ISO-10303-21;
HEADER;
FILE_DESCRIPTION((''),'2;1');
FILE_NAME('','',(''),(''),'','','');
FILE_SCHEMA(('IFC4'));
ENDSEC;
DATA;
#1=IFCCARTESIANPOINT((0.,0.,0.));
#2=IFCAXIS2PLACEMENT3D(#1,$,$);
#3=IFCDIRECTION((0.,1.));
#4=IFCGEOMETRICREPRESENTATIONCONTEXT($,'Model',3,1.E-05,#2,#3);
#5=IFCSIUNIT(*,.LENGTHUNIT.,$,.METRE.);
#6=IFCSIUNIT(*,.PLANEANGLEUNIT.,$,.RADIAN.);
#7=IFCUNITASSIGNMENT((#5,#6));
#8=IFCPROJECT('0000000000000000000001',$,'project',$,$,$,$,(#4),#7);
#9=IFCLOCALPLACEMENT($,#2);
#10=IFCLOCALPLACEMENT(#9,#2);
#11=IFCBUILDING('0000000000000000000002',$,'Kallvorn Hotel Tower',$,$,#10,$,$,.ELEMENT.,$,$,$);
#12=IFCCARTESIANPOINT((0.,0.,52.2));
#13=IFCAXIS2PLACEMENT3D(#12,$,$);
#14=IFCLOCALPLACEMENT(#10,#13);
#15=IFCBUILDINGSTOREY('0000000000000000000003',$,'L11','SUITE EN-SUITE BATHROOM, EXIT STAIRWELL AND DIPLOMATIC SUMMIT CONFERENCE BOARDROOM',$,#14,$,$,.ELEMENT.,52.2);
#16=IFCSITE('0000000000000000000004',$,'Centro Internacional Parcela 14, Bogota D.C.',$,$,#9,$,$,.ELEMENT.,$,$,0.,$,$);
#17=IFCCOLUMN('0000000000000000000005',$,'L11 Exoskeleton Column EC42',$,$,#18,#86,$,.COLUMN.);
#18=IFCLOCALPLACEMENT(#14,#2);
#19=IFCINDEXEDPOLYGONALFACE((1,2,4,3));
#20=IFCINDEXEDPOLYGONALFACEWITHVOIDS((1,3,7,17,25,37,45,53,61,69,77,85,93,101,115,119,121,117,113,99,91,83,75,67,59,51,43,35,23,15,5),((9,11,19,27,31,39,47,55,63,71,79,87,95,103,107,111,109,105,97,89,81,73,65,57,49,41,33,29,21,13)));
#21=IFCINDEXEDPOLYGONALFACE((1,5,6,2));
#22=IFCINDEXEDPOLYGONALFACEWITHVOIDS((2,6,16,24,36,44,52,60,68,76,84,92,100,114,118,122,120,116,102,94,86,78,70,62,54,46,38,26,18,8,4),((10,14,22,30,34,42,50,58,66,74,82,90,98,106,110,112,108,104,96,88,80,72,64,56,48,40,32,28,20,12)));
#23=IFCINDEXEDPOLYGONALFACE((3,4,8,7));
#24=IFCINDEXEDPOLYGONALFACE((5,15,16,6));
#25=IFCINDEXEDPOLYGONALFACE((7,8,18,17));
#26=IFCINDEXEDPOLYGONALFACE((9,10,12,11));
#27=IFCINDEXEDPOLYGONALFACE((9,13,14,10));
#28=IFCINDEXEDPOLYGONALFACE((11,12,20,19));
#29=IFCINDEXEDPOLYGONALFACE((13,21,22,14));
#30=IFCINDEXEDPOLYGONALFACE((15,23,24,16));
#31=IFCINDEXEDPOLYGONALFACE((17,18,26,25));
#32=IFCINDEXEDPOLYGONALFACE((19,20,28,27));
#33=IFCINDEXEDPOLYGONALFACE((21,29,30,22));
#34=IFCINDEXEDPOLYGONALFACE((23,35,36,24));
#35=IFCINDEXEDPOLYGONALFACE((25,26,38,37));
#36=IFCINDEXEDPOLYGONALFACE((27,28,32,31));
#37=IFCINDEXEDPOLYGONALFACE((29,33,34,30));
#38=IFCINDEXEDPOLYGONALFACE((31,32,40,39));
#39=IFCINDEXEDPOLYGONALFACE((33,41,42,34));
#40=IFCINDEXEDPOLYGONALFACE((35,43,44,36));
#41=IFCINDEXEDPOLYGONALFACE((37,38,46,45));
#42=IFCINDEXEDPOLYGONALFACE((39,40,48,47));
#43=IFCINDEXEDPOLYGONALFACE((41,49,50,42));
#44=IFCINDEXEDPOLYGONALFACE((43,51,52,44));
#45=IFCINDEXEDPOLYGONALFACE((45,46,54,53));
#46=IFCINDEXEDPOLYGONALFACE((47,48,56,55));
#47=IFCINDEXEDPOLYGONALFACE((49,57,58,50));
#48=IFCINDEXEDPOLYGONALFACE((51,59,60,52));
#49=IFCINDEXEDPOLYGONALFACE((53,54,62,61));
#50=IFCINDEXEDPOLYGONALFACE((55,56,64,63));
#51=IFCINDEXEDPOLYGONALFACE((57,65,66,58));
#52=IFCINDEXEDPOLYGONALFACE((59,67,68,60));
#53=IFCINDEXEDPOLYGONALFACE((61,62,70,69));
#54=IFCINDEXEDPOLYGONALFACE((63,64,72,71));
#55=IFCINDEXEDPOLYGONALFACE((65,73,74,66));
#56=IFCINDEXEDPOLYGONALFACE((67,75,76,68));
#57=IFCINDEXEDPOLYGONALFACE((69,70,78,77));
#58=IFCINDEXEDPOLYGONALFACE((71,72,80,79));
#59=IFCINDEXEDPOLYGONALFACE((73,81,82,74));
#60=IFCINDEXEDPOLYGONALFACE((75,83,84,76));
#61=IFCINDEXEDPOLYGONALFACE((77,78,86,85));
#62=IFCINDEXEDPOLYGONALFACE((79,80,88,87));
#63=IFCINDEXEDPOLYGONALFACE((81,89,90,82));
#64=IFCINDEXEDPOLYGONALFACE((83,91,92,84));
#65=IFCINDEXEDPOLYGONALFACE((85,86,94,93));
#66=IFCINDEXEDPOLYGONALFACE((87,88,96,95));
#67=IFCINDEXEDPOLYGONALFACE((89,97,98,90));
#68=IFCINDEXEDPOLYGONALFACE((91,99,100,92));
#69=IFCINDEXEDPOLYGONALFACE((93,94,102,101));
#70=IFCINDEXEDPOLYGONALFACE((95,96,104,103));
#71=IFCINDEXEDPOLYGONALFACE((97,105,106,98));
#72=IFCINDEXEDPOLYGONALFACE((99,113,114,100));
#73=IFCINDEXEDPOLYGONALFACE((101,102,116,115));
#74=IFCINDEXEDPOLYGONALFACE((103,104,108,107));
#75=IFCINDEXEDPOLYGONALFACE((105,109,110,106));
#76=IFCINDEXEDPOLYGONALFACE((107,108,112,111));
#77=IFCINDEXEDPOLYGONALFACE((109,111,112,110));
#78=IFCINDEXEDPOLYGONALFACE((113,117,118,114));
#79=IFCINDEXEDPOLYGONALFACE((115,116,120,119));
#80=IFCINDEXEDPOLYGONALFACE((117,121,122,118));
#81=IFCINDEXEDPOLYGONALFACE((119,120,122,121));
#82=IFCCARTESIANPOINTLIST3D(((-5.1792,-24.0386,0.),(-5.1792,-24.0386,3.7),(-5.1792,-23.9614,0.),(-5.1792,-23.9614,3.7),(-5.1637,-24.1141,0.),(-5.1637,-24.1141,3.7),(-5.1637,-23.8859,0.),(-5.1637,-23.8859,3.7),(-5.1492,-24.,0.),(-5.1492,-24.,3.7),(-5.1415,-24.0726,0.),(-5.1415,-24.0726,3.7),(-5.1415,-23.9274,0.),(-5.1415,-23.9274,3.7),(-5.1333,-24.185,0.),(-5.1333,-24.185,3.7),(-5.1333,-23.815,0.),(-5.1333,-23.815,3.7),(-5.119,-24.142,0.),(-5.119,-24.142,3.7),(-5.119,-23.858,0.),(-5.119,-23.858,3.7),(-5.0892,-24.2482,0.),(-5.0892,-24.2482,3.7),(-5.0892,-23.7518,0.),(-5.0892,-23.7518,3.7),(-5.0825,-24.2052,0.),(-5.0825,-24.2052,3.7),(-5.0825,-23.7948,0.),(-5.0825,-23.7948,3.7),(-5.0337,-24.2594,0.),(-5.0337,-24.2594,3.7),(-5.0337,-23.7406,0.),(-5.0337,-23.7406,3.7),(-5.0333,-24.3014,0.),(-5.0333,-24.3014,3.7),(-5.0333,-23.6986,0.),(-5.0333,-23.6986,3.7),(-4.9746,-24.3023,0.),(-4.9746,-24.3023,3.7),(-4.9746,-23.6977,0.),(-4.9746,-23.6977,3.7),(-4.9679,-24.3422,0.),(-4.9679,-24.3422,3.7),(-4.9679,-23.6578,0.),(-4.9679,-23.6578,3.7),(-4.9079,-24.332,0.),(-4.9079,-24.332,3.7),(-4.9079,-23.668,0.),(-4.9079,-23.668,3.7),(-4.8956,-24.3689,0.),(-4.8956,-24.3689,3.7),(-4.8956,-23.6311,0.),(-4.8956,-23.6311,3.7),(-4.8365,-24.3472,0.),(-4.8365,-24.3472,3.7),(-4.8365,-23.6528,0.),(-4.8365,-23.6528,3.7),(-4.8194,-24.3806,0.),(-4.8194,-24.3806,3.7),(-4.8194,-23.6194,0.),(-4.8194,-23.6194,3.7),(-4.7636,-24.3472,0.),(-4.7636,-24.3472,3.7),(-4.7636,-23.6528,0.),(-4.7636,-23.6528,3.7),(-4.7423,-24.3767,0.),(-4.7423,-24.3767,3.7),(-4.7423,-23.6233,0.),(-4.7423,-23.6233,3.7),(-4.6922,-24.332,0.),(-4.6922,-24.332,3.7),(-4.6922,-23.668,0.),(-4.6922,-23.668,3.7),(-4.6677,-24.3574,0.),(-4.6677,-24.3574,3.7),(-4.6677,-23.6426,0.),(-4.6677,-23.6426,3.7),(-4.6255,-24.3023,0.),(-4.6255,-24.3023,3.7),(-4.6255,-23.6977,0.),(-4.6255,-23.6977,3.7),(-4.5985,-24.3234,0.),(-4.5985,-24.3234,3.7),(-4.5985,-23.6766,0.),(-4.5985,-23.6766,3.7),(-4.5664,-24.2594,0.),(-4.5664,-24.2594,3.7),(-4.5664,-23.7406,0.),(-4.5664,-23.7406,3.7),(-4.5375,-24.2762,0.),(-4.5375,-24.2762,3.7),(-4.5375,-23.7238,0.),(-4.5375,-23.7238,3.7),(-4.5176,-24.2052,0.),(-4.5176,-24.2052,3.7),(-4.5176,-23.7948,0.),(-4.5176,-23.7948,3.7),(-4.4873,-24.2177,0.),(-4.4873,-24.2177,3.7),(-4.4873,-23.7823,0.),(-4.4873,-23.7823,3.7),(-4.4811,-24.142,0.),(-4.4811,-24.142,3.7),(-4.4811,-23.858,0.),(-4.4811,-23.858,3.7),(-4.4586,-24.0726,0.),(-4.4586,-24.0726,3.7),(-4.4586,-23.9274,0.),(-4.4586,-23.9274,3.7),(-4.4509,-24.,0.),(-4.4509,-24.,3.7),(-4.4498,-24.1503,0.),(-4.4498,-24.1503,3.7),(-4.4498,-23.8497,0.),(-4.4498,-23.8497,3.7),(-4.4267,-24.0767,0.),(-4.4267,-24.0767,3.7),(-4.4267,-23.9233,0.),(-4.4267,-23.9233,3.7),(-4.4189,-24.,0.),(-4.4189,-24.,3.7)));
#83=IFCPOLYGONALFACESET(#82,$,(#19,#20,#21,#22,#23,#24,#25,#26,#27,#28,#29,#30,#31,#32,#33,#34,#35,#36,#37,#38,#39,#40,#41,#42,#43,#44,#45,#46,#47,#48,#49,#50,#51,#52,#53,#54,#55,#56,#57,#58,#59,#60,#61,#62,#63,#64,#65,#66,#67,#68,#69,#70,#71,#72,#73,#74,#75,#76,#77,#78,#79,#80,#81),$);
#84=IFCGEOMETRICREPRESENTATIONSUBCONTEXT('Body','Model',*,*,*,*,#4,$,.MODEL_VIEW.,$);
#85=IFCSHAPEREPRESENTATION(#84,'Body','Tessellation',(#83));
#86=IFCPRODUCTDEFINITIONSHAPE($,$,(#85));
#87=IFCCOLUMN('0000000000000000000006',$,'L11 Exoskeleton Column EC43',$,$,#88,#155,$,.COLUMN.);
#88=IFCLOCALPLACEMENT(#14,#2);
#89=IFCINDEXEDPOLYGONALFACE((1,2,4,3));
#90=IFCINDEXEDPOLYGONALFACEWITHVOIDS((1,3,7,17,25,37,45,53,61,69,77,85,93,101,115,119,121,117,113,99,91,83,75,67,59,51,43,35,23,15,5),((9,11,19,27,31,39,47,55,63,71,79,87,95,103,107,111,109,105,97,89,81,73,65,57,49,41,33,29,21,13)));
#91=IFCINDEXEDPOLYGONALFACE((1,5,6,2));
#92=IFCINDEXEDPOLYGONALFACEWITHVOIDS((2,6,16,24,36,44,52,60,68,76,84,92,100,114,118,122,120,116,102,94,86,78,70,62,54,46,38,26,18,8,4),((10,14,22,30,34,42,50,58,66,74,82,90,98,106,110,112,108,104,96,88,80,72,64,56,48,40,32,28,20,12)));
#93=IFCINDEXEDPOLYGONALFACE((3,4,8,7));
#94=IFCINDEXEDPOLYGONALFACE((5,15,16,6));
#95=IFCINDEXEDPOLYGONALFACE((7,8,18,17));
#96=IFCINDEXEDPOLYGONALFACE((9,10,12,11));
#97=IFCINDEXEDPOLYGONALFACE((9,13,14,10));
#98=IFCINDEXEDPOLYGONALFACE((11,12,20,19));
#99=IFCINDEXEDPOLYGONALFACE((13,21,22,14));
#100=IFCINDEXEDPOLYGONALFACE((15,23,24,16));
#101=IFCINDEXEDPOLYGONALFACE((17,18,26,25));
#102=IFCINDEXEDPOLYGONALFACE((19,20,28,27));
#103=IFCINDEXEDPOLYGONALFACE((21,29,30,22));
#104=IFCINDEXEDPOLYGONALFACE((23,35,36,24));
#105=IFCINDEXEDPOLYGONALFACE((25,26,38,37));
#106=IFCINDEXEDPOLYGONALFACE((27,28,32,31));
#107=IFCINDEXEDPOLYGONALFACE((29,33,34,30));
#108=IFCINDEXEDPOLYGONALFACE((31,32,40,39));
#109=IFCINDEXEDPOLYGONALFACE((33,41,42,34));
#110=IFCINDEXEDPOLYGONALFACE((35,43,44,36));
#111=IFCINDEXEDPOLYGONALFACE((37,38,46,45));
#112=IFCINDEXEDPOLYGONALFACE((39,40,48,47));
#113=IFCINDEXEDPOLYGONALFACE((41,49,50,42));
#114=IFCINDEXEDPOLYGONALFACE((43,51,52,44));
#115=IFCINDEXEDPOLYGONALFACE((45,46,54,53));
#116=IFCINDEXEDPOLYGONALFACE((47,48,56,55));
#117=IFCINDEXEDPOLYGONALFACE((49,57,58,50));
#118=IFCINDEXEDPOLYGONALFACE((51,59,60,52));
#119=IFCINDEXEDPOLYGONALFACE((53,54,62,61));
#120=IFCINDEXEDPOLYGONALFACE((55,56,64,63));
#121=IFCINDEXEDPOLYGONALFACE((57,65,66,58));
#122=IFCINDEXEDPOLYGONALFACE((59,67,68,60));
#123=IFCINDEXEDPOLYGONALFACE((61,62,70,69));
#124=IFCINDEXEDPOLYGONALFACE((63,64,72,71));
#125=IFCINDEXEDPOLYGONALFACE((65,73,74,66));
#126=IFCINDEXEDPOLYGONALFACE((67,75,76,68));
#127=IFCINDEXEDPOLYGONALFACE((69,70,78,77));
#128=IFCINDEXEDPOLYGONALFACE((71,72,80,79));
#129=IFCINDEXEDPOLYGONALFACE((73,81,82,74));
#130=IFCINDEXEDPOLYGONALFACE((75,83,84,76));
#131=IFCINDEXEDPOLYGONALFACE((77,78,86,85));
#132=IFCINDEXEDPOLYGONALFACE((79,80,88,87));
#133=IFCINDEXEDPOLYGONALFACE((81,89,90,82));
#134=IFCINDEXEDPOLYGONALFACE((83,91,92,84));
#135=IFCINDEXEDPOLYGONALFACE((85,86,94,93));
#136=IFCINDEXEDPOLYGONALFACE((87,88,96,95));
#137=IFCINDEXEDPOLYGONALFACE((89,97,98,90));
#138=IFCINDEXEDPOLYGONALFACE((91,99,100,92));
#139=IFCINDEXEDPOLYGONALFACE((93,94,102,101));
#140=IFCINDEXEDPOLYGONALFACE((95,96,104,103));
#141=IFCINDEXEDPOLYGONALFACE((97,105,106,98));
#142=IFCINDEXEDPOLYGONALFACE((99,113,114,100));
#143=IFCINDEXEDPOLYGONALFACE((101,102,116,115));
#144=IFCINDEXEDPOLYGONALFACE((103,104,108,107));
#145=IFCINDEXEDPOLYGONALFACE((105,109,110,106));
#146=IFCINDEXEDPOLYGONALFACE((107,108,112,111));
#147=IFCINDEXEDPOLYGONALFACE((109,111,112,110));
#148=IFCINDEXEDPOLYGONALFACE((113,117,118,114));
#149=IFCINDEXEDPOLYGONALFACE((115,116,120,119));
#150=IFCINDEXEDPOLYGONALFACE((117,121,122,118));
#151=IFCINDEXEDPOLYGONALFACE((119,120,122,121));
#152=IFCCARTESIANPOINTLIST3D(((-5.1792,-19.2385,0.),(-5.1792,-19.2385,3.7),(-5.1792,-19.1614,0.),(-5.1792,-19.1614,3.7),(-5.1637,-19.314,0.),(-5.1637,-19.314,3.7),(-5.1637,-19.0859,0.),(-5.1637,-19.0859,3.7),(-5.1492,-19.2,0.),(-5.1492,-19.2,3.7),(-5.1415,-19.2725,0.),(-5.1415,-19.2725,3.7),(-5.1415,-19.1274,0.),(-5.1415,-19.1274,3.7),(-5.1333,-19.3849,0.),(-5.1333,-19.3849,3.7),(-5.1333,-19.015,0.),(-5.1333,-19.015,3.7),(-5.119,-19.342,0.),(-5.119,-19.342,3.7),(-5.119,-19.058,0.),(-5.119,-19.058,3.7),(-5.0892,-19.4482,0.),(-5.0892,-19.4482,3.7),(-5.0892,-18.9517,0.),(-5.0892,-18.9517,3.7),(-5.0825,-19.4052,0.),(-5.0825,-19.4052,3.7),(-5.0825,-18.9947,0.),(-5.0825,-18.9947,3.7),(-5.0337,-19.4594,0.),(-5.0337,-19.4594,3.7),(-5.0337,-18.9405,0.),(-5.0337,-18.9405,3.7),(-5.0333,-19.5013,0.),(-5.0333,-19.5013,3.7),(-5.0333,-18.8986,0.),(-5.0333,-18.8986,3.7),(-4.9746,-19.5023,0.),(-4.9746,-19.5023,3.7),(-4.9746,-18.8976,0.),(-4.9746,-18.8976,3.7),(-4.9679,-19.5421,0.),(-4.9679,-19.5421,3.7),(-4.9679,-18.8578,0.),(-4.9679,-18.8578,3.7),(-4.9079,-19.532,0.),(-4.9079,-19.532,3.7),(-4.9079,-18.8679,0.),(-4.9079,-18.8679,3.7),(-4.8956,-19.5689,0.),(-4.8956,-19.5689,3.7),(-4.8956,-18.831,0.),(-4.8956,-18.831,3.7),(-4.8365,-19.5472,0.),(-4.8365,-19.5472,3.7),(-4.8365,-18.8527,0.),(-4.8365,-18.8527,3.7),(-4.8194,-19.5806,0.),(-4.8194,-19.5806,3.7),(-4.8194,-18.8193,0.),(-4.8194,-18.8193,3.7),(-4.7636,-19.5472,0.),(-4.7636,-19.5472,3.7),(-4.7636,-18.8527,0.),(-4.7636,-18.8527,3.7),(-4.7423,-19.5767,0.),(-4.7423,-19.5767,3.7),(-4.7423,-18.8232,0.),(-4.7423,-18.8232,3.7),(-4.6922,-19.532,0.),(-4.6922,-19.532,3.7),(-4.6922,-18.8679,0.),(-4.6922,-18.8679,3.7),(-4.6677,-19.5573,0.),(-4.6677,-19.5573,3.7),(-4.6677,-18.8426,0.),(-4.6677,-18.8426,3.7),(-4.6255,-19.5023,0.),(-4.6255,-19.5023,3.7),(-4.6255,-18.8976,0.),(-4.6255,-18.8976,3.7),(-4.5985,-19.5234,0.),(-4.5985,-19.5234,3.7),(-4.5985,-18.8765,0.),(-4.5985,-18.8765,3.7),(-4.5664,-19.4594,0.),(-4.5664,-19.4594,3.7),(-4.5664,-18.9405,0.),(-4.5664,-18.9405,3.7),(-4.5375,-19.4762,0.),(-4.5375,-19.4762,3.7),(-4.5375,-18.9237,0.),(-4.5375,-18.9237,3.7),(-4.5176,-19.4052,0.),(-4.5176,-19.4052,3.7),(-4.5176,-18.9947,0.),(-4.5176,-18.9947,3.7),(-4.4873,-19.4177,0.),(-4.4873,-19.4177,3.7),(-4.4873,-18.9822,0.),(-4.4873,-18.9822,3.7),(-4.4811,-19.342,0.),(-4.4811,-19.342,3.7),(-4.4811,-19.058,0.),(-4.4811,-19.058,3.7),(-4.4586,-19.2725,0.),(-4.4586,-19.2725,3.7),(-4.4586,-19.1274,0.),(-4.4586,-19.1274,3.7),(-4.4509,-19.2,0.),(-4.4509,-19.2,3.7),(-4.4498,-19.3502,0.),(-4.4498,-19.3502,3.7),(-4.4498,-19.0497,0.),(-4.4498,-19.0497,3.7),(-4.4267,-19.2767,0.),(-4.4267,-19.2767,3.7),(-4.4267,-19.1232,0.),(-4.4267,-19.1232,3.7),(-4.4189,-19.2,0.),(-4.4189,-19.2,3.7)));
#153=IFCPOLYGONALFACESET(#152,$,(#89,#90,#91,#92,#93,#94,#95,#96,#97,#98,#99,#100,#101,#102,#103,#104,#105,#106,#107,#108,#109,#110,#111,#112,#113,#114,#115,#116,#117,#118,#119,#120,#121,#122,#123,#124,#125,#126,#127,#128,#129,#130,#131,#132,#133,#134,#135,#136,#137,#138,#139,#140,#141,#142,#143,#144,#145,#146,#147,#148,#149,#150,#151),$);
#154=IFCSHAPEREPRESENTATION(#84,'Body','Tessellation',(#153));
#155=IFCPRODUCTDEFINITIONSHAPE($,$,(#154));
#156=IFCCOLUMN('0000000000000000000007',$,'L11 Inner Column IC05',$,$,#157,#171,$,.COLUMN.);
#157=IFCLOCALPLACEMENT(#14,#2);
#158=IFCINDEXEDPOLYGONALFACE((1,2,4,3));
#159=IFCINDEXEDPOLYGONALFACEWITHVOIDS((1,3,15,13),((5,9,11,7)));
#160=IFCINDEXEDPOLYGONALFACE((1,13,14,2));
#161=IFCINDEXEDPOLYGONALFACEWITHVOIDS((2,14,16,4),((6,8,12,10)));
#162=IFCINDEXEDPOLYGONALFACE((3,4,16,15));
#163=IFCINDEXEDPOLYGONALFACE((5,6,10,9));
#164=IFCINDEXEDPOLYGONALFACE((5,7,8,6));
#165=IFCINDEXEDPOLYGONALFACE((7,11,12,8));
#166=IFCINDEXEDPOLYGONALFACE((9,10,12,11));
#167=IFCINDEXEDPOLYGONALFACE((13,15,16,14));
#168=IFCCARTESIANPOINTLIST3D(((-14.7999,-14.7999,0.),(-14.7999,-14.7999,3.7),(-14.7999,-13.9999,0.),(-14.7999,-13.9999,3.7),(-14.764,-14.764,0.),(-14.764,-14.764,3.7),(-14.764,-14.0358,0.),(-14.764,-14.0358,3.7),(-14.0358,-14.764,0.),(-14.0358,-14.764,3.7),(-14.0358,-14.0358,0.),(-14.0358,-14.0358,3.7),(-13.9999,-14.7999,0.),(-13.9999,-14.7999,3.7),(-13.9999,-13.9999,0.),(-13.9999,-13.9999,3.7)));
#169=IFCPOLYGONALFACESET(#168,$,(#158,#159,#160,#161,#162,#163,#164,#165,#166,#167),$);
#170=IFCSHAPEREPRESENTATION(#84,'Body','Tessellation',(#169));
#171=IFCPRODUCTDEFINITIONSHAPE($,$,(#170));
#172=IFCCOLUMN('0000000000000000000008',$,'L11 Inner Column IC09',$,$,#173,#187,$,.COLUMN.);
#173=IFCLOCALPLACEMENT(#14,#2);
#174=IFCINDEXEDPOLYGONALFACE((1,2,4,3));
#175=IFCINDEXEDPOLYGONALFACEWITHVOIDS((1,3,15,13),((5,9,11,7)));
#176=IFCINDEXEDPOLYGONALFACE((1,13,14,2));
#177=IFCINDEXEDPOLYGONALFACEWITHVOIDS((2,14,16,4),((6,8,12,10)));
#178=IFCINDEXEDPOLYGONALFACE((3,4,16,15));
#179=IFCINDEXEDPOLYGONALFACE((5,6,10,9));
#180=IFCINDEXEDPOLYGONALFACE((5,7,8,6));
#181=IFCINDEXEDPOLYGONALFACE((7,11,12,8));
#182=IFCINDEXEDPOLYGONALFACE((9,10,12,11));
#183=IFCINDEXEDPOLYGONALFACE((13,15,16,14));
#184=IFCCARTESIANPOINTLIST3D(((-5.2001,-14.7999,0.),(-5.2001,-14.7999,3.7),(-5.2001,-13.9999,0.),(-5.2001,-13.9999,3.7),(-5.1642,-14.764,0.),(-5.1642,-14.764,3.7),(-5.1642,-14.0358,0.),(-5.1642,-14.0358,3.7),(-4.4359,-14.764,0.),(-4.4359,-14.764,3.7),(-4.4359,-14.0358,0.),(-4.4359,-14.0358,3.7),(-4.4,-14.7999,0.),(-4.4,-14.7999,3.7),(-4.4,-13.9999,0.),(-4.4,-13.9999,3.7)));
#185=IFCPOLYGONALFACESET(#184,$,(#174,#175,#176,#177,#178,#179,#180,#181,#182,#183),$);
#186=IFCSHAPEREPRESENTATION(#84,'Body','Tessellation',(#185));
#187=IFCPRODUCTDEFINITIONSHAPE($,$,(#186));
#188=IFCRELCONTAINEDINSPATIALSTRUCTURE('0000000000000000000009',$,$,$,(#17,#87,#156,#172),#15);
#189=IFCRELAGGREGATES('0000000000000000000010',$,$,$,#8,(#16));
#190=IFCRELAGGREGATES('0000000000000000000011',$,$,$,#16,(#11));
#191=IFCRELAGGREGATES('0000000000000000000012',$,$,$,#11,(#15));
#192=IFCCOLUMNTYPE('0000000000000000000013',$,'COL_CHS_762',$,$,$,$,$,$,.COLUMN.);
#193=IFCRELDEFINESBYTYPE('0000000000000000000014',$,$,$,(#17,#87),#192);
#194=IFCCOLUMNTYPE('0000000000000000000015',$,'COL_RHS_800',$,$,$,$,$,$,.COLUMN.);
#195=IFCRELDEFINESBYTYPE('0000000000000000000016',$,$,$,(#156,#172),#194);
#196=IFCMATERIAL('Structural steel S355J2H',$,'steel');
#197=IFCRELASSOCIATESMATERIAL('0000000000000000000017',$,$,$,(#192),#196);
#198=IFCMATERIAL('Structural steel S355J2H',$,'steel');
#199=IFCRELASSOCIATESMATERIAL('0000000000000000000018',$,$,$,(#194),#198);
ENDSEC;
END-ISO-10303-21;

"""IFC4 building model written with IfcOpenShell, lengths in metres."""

from ifc_helpers import new_model, si_unit, direction, frame, origin, origin_2d, place, context, subcontext, project, spatial, hollow_rectangle, hollow_circle, extrude, material, material_profile, profile_set, type_object, element, save


model = new_model("IFC4")

# Units and contexts
model_context = context("Model", 3, precision=1e-05, world=origin(), true_north=direction((0.0, 1.0)))
body_context = subcontext(model_context, "Body", "Model", "MODEL_VIEW")
ifc_project = project(units=[si_unit("LENGTHUNIT", "METRE"), si_unit("PLANEANGLEUNIT", "RADIAN")], contexts=[model_context])

# Site, building, storey
site_placement = place(None, origin())
site = spatial("IfcSite", under=ifc_project, at=site_placement, Name="Centro Internacional Parcela 14, Bogota D.C.", CompositionType="ELEMENT", RefElevation=0.0)
building_placement = place(site_placement, origin())
building = spatial("IfcBuilding", under=site, at=building_placement, Name="Kallvorn Hotel Tower", CompositionType="ELEMENT")
storey_placement = place(building_placement, frame((0.0, 0.0, 52.2)))
storey = spatial("IfcBuildingStorey", under=building, at=storey_placement, Name="L11", Description="SUITE EN-SUITE BATHROOM, EXIT STAIRWELL AND DIPLOMATIC SUMMIT CONFERENCE BOARDROOM", CompositionType="ELEMENT", Elevation=52.2)

# Columns
ifc_material_1 = material(Name="Structural steel S355J2H", Category="steel")
ifc_material_profile_1 = material_profile(ifc_material_1, hollow_circle(Radius=0.3811, WallThickness=0.032, at=origin_2d()), Name="CHS 762x32")
ifc_profile_set_1 = profile_set([ifc_material_profile_1], Name="Structural steel S355J2H")
column_type_1 = type_object("IfcColumnType", Name="COL_CHS_762", PredefinedType="COLUMN", material=ifc_profile_set_1)
for number, where, z_axis, x_axis, name in (
    (1, (-4.8, -24.0, 0.0), (0.0, 0.0, 1.0), (1.0, 0.0, 0.0), "L11 Exoskeleton Column EC42"),
    (2, (-4.8, -19.2, 0.0), (0.0, 0.0, 1.0), (1.0, 0.0, 0.0), "L11 Exoskeleton Column EC43"),
):
    element("IfcColumn", number, at=place(storey_placement, frame(where, z_axis=z_axis, x_axis=x_axis)), inside=storey, type_object=column_type_1, Name=name, PredefinedType="COLUMN", context=body_context, shape_type="SweptSolid", body=[
        extrude(hollow_circle(Radius=0.3811, WallThickness=0.032, at=origin_2d()), origin(), (0.0, 0.0, 1.0), 3.7),
    ])
ifc_material_2 = material(Name="Structural steel S355J2H", Category="steel")
ifc_material_profile_2 = material_profile(ifc_material_2, hollow_rectangle(XDim=0.8, YDim=0.8, WallThickness=0.0359, at=origin_2d()), Name="RHS 800x800x36")
ifc_profile_set_2 = profile_set([ifc_material_profile_2], Name="Structural steel S355J2H")
column_type_2 = type_object("IfcColumnType", Name="COL_RHS_800", PredefinedType="COLUMN", material=ifc_profile_set_2)
for number, where, z_axis, x_axis, name in (
    (3, (-14.3999, -14.3999, 0.0), (0.0, 0.0, 1.0), (1.0, 0.0, 0.0), "L11 Inner Column IC05"),
    (4, (-4.8, -14.3999, 0.0), (0.0, 0.0, 1.0), (1.0, 0.0, 0.0), "L11 Inner Column IC09"),
):
    element("IfcColumn", number, at=place(storey_placement, frame(where, z_axis=z_axis, x_axis=x_axis)), inside=storey, type_object=column_type_2, Name=name, PredefinedType="COLUMN", context=body_context, shape_type="SweptSolid", body=[
        extrude(hollow_rectangle(XDim=0.8, YDim=0.8, WallThickness=0.0359, at=origin_2d()), origin(), (0.0, 0.0, 1.0), 3.7),
    ])

save(model, "model.ifc")
